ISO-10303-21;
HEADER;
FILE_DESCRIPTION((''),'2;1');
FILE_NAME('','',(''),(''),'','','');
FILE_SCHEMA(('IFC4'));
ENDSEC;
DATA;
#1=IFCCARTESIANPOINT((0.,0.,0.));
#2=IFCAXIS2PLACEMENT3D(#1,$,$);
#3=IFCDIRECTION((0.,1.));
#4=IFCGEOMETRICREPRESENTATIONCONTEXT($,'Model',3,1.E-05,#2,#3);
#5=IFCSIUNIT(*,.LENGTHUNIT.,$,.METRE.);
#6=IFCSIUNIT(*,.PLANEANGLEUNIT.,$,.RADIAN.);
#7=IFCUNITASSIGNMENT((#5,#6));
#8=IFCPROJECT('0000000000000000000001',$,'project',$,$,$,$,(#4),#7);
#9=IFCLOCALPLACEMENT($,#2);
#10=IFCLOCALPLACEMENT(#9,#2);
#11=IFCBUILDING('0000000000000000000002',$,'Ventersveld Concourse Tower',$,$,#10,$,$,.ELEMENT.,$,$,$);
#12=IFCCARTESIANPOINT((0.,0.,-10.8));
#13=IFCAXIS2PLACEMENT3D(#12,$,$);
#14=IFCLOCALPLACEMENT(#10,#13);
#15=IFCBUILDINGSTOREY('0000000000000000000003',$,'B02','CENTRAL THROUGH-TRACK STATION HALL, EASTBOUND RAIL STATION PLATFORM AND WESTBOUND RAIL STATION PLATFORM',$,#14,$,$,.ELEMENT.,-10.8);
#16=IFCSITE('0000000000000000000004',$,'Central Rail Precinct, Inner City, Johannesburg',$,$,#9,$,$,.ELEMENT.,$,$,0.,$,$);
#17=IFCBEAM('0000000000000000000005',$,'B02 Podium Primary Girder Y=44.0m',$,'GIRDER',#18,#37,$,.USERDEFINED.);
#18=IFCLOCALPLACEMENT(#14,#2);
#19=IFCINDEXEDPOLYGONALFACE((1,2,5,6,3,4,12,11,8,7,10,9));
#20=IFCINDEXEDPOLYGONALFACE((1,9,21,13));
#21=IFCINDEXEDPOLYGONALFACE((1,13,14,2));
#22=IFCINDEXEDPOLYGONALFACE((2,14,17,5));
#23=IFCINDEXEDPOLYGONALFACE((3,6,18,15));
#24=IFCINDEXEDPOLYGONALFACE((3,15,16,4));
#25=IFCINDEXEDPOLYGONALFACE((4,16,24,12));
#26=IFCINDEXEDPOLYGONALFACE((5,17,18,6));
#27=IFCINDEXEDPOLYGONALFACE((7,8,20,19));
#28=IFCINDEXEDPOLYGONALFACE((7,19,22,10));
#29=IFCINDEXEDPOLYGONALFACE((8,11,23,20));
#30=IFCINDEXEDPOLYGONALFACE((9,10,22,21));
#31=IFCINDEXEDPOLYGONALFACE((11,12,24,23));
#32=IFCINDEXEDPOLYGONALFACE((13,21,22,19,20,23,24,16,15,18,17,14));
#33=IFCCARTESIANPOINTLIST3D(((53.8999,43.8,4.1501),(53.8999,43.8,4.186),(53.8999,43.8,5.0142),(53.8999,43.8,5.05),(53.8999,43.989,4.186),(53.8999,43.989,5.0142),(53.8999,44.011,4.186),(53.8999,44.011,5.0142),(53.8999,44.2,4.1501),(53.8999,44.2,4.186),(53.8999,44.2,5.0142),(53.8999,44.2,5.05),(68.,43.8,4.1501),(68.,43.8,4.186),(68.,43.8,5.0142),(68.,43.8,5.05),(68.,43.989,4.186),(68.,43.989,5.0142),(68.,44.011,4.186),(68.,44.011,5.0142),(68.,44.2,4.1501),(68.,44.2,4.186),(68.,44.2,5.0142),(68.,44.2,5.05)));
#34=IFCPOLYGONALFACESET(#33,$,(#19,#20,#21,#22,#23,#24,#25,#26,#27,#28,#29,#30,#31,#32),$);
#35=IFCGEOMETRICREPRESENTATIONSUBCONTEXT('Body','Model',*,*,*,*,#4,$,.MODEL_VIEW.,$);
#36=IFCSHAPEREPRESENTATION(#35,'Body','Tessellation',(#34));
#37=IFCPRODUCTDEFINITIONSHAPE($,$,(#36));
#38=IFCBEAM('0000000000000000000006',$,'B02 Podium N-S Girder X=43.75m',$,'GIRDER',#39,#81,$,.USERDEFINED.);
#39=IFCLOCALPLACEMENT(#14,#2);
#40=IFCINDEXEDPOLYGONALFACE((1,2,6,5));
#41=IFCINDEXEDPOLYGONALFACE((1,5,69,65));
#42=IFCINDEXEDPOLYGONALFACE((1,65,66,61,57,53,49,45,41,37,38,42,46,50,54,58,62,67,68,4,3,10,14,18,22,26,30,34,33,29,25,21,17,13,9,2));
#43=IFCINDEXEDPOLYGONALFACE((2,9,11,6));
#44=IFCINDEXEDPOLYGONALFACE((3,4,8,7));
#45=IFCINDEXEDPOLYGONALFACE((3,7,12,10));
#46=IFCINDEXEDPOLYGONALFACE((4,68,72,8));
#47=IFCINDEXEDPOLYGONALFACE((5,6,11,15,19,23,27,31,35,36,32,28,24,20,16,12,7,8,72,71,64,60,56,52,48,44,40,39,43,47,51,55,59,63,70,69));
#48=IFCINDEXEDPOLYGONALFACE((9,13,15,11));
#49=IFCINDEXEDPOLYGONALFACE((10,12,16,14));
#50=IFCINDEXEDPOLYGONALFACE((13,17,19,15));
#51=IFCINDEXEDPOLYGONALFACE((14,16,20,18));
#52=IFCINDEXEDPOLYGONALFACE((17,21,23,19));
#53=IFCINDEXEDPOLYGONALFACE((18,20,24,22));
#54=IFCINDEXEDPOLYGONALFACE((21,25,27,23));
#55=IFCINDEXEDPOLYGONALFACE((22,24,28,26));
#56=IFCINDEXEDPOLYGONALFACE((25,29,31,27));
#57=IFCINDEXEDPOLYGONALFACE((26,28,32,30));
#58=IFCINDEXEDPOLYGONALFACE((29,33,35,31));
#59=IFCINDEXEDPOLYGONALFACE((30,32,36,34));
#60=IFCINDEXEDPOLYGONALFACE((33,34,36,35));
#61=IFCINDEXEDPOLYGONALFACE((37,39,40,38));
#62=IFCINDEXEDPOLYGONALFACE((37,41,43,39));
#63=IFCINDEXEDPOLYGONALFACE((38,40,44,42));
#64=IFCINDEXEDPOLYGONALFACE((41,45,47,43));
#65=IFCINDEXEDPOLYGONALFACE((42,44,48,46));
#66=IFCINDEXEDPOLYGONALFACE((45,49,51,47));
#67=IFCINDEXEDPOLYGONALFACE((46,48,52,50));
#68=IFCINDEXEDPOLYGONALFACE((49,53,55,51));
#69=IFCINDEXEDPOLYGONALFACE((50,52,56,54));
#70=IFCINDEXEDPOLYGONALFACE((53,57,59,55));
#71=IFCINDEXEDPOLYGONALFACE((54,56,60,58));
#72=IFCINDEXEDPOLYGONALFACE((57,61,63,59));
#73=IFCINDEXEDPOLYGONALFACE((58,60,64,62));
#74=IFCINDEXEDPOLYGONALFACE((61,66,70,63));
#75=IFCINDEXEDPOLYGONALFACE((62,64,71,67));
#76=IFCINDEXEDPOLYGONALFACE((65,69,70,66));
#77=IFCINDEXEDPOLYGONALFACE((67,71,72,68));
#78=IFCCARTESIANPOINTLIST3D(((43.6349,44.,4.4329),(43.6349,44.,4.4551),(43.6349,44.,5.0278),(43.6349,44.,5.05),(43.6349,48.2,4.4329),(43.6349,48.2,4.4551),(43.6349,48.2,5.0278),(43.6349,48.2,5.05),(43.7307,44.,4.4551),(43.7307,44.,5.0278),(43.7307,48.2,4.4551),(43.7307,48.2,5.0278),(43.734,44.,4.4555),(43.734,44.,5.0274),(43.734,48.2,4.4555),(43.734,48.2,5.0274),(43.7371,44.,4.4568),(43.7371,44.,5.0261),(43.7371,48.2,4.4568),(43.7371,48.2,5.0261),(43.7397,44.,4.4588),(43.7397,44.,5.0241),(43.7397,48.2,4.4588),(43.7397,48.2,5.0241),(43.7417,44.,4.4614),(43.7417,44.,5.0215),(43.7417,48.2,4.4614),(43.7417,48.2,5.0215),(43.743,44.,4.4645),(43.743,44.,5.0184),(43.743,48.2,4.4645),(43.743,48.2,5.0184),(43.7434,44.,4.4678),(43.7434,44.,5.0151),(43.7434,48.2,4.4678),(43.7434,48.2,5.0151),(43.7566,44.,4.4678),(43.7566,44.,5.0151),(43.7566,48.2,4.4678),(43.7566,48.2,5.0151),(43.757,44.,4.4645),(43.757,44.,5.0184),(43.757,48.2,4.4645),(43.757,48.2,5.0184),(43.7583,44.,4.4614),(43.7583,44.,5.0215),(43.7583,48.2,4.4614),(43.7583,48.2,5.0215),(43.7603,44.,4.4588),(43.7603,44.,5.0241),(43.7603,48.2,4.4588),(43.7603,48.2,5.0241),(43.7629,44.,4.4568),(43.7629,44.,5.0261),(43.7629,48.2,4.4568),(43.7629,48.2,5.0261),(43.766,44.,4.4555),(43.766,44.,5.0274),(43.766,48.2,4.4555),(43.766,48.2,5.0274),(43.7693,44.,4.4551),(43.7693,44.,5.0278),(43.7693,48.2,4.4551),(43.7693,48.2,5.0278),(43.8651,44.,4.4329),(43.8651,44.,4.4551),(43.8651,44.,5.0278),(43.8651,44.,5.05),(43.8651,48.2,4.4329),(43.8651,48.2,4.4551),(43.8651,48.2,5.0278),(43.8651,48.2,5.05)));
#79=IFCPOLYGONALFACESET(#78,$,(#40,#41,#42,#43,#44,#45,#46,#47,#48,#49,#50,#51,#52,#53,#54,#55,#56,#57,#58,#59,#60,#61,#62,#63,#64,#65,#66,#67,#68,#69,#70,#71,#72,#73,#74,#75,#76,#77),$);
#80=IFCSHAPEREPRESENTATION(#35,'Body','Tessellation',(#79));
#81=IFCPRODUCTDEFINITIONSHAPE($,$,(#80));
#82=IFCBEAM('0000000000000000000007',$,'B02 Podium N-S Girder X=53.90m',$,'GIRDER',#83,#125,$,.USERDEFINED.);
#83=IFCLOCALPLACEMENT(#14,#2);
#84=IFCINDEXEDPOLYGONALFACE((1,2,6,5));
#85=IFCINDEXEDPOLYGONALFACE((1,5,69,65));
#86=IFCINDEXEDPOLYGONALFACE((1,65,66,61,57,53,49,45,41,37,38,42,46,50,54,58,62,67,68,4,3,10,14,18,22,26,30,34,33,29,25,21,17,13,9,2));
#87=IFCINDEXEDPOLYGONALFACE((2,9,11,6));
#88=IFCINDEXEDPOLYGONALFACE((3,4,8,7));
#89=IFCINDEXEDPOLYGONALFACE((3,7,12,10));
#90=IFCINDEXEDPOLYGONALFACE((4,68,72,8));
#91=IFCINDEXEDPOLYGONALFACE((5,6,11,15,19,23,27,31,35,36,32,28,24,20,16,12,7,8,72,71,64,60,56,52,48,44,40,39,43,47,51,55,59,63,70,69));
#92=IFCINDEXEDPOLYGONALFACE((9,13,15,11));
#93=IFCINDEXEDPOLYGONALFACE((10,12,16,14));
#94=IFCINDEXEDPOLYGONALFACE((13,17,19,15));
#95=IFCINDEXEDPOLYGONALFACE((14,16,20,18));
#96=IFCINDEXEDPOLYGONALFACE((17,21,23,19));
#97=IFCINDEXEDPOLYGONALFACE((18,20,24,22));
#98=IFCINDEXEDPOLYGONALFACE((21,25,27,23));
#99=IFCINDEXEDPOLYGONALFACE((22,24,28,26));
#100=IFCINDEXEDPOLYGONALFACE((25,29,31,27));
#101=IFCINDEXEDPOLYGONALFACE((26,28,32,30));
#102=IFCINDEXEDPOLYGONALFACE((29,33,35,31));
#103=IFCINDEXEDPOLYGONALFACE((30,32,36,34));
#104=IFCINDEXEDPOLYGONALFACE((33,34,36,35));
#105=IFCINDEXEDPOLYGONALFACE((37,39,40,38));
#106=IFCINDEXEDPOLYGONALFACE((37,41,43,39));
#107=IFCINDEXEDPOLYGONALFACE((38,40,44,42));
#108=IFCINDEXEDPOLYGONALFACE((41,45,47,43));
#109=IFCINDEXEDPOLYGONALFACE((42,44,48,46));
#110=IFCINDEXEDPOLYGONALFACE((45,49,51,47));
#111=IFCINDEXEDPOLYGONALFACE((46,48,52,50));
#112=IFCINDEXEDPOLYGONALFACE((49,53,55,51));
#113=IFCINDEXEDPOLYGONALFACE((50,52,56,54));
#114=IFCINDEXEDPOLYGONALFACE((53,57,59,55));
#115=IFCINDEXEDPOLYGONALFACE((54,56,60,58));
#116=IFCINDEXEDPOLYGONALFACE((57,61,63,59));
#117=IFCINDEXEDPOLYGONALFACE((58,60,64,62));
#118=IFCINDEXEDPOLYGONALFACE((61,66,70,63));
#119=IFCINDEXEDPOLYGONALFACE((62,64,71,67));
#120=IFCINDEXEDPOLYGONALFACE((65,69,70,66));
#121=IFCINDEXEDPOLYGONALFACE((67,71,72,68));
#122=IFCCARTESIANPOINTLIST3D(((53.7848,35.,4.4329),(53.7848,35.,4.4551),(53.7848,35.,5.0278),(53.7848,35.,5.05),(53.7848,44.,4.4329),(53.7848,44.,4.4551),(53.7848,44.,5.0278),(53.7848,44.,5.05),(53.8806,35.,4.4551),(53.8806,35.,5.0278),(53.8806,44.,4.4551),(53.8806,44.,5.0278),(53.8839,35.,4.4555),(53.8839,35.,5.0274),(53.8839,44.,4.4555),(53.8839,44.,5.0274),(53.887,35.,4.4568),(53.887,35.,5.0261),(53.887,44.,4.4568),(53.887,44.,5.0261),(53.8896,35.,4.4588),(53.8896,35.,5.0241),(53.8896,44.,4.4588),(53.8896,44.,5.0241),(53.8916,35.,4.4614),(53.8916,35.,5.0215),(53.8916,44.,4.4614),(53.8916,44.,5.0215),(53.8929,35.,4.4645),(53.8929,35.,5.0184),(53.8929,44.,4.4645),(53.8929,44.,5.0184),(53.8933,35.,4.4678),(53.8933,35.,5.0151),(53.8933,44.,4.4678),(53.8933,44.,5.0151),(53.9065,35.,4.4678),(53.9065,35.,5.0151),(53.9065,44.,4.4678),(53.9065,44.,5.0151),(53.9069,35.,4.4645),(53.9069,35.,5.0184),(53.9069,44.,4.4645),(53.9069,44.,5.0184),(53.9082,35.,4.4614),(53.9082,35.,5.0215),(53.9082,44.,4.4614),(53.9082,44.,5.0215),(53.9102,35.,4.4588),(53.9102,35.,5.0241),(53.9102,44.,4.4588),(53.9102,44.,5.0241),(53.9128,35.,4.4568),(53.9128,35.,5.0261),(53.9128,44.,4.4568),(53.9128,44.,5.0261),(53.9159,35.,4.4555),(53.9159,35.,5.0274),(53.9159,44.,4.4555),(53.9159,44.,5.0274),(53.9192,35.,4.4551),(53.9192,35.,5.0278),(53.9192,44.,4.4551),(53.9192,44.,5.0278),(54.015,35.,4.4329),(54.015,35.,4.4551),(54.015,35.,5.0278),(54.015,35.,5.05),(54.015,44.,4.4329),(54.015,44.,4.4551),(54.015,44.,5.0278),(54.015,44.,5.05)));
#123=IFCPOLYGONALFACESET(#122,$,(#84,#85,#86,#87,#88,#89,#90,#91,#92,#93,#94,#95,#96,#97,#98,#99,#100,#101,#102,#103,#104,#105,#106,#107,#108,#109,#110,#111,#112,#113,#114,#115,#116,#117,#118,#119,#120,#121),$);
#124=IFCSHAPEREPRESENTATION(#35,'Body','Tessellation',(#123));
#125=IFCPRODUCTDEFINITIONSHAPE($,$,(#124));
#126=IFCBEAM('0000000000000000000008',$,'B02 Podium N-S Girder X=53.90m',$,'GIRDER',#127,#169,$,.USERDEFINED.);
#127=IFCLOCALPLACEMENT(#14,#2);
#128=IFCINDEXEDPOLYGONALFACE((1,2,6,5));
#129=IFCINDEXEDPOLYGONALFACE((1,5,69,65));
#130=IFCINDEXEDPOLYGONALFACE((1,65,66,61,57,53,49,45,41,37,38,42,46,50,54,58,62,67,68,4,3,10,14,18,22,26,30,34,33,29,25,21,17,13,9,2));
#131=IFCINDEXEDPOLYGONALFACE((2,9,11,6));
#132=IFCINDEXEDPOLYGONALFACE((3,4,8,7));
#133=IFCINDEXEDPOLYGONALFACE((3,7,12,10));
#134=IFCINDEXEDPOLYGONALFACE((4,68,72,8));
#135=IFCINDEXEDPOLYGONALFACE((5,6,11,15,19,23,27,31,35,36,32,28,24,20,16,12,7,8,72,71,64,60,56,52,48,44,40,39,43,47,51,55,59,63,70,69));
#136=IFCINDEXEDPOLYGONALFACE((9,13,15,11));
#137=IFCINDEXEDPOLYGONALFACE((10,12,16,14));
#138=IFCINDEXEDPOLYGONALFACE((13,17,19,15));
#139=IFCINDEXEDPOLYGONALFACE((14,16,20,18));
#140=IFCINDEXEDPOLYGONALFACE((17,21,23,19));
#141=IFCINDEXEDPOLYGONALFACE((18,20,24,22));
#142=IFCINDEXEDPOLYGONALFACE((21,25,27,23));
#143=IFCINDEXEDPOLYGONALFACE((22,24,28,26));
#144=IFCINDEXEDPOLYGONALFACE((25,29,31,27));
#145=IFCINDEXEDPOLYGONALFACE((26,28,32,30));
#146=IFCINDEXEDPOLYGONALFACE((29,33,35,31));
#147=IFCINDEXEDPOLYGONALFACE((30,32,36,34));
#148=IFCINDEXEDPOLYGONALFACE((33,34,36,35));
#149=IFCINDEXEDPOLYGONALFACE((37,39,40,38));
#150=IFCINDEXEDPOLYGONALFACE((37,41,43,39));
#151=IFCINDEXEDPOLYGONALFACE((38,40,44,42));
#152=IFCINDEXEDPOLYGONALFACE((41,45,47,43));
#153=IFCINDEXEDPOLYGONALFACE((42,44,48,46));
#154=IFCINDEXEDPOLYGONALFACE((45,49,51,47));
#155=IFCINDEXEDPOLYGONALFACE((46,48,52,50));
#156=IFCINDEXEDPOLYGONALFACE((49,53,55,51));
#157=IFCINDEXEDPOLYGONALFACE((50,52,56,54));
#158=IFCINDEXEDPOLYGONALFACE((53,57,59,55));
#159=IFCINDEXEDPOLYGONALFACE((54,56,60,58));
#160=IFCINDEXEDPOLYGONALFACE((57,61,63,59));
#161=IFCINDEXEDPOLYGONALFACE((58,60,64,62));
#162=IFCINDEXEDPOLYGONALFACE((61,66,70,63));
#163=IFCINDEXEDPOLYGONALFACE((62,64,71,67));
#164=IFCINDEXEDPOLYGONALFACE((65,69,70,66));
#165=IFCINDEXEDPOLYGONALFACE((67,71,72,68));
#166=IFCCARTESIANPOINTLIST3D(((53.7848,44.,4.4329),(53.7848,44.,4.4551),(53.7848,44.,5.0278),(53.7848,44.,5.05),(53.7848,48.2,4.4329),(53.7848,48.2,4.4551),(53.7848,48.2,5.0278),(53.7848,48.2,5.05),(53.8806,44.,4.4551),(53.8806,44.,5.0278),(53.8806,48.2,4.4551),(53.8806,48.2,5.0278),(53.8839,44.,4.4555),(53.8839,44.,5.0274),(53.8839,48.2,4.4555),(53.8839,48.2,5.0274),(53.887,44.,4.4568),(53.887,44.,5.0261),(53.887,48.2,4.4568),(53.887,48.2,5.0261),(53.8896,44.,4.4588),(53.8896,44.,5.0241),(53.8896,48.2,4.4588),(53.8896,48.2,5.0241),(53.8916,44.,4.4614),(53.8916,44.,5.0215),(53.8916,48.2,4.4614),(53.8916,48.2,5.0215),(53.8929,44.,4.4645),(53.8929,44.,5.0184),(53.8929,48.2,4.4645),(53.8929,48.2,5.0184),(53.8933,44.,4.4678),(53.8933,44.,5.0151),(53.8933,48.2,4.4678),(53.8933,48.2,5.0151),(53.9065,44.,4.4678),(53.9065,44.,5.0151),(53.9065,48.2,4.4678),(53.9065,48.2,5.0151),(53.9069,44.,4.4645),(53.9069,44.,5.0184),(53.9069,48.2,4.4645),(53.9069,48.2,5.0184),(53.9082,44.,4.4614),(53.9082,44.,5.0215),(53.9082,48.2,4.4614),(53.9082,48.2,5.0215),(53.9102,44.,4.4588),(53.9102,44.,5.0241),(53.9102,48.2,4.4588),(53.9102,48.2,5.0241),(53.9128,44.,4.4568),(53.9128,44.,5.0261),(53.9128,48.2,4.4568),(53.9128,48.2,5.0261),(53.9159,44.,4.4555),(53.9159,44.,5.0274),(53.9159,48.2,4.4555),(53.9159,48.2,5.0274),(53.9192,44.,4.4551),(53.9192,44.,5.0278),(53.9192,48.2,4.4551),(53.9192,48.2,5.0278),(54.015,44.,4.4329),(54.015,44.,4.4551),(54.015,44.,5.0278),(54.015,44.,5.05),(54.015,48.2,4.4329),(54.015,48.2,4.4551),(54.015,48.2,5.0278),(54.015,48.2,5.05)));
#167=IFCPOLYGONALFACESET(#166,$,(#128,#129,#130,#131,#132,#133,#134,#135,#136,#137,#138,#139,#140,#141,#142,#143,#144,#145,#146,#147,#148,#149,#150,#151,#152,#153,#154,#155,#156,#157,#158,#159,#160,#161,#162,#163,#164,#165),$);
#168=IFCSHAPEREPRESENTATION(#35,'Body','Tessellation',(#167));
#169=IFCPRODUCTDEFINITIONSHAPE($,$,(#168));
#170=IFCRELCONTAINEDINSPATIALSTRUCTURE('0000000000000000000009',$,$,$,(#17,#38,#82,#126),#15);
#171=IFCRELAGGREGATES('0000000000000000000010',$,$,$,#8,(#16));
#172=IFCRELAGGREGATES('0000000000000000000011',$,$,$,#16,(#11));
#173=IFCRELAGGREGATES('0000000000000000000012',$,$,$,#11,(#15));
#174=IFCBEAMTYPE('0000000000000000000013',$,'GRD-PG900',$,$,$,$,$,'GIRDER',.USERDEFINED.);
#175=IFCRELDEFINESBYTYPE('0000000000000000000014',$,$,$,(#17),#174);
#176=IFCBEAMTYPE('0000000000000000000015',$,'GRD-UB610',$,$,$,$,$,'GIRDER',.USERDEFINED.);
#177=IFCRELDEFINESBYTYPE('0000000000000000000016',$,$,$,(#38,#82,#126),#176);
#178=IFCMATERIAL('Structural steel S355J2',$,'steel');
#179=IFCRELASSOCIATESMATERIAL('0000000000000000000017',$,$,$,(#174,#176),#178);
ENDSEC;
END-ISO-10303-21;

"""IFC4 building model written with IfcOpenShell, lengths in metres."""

from ifc_helpers import new_model, si_unit, direction, frame, origin, origin_2d, place, context, subcontext, project, spatial, i_section, extrude, material, material_profile, profile_set, type_object, element, save


model = new_model("IFC4")

# Units and contexts
model_context = context("Model", 3, precision=1e-05, world=origin(), true_north=direction((0.0, 1.0)))
body_context = subcontext(model_context, "Body", "Model", "MODEL_VIEW")
ifc_project = project(units=[si_unit("LENGTHUNIT", "METRE"), si_unit("PLANEANGLEUNIT", "RADIAN")], contexts=[model_context])

# Site, building, storey
site_placement = place(None, origin())
site = spatial("IfcSite", under=ifc_project, at=site_placement, Name="Central Rail Precinct, Inner City, Johannesburg", CompositionType="ELEMENT", RefElevation=0.0)
building_placement = place(site_placement, origin())
building = spatial("IfcBuilding", under=site, at=building_placement, Name="Ventersveld Concourse Tower", CompositionType="ELEMENT")
storey_placement = place(building_placement, frame((0.0, 0.0, -10.8)))
storey = spatial("IfcBuildingStorey", under=building, at=storey_placement, Name="B02", Description="CENTRAL THROUGH-TRACK STATION HALL, EASTBOUND RAIL STATION PLATFORM AND WESTBOUND RAIL STATION PLATFORM", CompositionType="ELEMENT", Elevation=-10.8)

# Beams
ifc_material_1 = material(Name="Structural steel S355J2", Category="steel")
ifc_material_profile_1 = material_profile(ifc_material_1, i_section(OverallWidth=0.3999, OverallDepth=0.8999, WebThickness=0.022, FlangeThickness=0.0359, at=origin_2d()), Name="PG 900x400x36")
ifc_profile_set_1 = profile_set([ifc_material_profile_1], Name="Structural steel S355J2")
beam_type_1 = type_object("IfcBeamType", Name="GRD-PG900", ElementType="GIRDER", PredefinedType="USERDEFINED", material=ifc_profile_set_1)
for number, where, z_axis, x_axis, name in (
    (1, (53.8999, 44.0, 4.6001), (1.0, 0.0, 0.0), (0.0, 1.0, 0.0), "B02 Podium Primary Girder Y=44.0m"),
):
    element("IfcBeam", number, at=place(storey_placement, frame(where, z_axis=z_axis, x_axis=x_axis)), inside=storey, type_object=beam_type_1, Name=name, ObjectType="GIRDER", PredefinedType="USERDEFINED", context=body_context, shape_type="SweptSolid", body=[
        extrude(i_section(OverallWidth=0.3999, OverallDepth=0.8999, WebThickness=0.022, FlangeThickness=0.0359, at=origin_2d()), origin(), (0.0, 0.0, 1.0), 14.1001),
    ])
ifc_material_profile_2 = material_profile(ifc_material_1, i_section(OverallWidth=0.2302, OverallDepth=0.6172, WebThickness=0.0132, FlangeThickness=0.0222, FilletRadius=0.0127, at=origin_2d()), Name="UB 610x229x140")
ifc_profile_set_2 = profile_set([ifc_material_profile_2], Name="Structural steel S355J2")
beam_type_2 = type_object("IfcBeamType", Name="GRD-UB610", ElementType="GIRDER", PredefinedType="USERDEFINED", material=ifc_profile_set_2)
beam_1_placement = place(storey_placement, frame((43.75, 44.0, 4.7415), z_axis=(0.0, 1.0, 0.0), x_axis=(-1.0, 0.0, 0.0)))
element("IfcBeam", 2, at=beam_1_placement, inside=storey, type_object=beam_type_2, Name="B02 Podium N-S Girder X=43.75m", ObjectType="GIRDER", PredefinedType="USERDEFINED", context=body_context, shape_type="SweptSolid", body=[
    extrude(i_section(OverallWidth=0.2302, OverallDepth=0.6172, WebThickness=0.0132, FlangeThickness=0.0222, FilletRadius=0.0127, at=origin_2d()), origin(), (0.0, 0.0, 1.0), 4.2),
])
beam_2_placement = place(storey_placement, frame((53.8999, 35.0, 4.7415), z_axis=(0.0, 1.0, 0.0), x_axis=(-1.0, 0.0, 0.0)))
element("IfcBeam", 3, at=beam_2_placement, inside=storey, type_object=beam_type_2, Name="B02 Podium N-S Girder X=53.90m", ObjectType="GIRDER", PredefinedType="USERDEFINED", context=body_context, shape_type="SweptSolid", body=[
    extrude(i_section(OverallWidth=0.2302, OverallDepth=0.6172, WebThickness=0.0132, FlangeThickness=0.0222, FilletRadius=0.0127, at=origin_2d()), origin(), (0.0, 0.0, 1.0), 9.0),
])
beam_3_placement = place(storey_placement, frame((53.8999, 44.0, 4.7415), z_axis=(0.0, 1.0, 0.0), x_axis=(-1.0, 0.0, 0.0)))
element("IfcBeam", 4, at=beam_3_placement, inside=storey, type_object=beam_type_2, Name="B02 Podium N-S Girder X=53.90m", ObjectType="GIRDER", PredefinedType="USERDEFINED", context=body_context, shape_type="SweptSolid", body=[
    extrude(i_section(OverallWidth=0.2302, OverallDepth=0.6172, WebThickness=0.0132, FlangeThickness=0.0222, FilletRadius=0.0127, at=origin_2d()), origin(), (0.0, 0.0, 1.0), 4.2),
])

save(model, "model.ifc")
